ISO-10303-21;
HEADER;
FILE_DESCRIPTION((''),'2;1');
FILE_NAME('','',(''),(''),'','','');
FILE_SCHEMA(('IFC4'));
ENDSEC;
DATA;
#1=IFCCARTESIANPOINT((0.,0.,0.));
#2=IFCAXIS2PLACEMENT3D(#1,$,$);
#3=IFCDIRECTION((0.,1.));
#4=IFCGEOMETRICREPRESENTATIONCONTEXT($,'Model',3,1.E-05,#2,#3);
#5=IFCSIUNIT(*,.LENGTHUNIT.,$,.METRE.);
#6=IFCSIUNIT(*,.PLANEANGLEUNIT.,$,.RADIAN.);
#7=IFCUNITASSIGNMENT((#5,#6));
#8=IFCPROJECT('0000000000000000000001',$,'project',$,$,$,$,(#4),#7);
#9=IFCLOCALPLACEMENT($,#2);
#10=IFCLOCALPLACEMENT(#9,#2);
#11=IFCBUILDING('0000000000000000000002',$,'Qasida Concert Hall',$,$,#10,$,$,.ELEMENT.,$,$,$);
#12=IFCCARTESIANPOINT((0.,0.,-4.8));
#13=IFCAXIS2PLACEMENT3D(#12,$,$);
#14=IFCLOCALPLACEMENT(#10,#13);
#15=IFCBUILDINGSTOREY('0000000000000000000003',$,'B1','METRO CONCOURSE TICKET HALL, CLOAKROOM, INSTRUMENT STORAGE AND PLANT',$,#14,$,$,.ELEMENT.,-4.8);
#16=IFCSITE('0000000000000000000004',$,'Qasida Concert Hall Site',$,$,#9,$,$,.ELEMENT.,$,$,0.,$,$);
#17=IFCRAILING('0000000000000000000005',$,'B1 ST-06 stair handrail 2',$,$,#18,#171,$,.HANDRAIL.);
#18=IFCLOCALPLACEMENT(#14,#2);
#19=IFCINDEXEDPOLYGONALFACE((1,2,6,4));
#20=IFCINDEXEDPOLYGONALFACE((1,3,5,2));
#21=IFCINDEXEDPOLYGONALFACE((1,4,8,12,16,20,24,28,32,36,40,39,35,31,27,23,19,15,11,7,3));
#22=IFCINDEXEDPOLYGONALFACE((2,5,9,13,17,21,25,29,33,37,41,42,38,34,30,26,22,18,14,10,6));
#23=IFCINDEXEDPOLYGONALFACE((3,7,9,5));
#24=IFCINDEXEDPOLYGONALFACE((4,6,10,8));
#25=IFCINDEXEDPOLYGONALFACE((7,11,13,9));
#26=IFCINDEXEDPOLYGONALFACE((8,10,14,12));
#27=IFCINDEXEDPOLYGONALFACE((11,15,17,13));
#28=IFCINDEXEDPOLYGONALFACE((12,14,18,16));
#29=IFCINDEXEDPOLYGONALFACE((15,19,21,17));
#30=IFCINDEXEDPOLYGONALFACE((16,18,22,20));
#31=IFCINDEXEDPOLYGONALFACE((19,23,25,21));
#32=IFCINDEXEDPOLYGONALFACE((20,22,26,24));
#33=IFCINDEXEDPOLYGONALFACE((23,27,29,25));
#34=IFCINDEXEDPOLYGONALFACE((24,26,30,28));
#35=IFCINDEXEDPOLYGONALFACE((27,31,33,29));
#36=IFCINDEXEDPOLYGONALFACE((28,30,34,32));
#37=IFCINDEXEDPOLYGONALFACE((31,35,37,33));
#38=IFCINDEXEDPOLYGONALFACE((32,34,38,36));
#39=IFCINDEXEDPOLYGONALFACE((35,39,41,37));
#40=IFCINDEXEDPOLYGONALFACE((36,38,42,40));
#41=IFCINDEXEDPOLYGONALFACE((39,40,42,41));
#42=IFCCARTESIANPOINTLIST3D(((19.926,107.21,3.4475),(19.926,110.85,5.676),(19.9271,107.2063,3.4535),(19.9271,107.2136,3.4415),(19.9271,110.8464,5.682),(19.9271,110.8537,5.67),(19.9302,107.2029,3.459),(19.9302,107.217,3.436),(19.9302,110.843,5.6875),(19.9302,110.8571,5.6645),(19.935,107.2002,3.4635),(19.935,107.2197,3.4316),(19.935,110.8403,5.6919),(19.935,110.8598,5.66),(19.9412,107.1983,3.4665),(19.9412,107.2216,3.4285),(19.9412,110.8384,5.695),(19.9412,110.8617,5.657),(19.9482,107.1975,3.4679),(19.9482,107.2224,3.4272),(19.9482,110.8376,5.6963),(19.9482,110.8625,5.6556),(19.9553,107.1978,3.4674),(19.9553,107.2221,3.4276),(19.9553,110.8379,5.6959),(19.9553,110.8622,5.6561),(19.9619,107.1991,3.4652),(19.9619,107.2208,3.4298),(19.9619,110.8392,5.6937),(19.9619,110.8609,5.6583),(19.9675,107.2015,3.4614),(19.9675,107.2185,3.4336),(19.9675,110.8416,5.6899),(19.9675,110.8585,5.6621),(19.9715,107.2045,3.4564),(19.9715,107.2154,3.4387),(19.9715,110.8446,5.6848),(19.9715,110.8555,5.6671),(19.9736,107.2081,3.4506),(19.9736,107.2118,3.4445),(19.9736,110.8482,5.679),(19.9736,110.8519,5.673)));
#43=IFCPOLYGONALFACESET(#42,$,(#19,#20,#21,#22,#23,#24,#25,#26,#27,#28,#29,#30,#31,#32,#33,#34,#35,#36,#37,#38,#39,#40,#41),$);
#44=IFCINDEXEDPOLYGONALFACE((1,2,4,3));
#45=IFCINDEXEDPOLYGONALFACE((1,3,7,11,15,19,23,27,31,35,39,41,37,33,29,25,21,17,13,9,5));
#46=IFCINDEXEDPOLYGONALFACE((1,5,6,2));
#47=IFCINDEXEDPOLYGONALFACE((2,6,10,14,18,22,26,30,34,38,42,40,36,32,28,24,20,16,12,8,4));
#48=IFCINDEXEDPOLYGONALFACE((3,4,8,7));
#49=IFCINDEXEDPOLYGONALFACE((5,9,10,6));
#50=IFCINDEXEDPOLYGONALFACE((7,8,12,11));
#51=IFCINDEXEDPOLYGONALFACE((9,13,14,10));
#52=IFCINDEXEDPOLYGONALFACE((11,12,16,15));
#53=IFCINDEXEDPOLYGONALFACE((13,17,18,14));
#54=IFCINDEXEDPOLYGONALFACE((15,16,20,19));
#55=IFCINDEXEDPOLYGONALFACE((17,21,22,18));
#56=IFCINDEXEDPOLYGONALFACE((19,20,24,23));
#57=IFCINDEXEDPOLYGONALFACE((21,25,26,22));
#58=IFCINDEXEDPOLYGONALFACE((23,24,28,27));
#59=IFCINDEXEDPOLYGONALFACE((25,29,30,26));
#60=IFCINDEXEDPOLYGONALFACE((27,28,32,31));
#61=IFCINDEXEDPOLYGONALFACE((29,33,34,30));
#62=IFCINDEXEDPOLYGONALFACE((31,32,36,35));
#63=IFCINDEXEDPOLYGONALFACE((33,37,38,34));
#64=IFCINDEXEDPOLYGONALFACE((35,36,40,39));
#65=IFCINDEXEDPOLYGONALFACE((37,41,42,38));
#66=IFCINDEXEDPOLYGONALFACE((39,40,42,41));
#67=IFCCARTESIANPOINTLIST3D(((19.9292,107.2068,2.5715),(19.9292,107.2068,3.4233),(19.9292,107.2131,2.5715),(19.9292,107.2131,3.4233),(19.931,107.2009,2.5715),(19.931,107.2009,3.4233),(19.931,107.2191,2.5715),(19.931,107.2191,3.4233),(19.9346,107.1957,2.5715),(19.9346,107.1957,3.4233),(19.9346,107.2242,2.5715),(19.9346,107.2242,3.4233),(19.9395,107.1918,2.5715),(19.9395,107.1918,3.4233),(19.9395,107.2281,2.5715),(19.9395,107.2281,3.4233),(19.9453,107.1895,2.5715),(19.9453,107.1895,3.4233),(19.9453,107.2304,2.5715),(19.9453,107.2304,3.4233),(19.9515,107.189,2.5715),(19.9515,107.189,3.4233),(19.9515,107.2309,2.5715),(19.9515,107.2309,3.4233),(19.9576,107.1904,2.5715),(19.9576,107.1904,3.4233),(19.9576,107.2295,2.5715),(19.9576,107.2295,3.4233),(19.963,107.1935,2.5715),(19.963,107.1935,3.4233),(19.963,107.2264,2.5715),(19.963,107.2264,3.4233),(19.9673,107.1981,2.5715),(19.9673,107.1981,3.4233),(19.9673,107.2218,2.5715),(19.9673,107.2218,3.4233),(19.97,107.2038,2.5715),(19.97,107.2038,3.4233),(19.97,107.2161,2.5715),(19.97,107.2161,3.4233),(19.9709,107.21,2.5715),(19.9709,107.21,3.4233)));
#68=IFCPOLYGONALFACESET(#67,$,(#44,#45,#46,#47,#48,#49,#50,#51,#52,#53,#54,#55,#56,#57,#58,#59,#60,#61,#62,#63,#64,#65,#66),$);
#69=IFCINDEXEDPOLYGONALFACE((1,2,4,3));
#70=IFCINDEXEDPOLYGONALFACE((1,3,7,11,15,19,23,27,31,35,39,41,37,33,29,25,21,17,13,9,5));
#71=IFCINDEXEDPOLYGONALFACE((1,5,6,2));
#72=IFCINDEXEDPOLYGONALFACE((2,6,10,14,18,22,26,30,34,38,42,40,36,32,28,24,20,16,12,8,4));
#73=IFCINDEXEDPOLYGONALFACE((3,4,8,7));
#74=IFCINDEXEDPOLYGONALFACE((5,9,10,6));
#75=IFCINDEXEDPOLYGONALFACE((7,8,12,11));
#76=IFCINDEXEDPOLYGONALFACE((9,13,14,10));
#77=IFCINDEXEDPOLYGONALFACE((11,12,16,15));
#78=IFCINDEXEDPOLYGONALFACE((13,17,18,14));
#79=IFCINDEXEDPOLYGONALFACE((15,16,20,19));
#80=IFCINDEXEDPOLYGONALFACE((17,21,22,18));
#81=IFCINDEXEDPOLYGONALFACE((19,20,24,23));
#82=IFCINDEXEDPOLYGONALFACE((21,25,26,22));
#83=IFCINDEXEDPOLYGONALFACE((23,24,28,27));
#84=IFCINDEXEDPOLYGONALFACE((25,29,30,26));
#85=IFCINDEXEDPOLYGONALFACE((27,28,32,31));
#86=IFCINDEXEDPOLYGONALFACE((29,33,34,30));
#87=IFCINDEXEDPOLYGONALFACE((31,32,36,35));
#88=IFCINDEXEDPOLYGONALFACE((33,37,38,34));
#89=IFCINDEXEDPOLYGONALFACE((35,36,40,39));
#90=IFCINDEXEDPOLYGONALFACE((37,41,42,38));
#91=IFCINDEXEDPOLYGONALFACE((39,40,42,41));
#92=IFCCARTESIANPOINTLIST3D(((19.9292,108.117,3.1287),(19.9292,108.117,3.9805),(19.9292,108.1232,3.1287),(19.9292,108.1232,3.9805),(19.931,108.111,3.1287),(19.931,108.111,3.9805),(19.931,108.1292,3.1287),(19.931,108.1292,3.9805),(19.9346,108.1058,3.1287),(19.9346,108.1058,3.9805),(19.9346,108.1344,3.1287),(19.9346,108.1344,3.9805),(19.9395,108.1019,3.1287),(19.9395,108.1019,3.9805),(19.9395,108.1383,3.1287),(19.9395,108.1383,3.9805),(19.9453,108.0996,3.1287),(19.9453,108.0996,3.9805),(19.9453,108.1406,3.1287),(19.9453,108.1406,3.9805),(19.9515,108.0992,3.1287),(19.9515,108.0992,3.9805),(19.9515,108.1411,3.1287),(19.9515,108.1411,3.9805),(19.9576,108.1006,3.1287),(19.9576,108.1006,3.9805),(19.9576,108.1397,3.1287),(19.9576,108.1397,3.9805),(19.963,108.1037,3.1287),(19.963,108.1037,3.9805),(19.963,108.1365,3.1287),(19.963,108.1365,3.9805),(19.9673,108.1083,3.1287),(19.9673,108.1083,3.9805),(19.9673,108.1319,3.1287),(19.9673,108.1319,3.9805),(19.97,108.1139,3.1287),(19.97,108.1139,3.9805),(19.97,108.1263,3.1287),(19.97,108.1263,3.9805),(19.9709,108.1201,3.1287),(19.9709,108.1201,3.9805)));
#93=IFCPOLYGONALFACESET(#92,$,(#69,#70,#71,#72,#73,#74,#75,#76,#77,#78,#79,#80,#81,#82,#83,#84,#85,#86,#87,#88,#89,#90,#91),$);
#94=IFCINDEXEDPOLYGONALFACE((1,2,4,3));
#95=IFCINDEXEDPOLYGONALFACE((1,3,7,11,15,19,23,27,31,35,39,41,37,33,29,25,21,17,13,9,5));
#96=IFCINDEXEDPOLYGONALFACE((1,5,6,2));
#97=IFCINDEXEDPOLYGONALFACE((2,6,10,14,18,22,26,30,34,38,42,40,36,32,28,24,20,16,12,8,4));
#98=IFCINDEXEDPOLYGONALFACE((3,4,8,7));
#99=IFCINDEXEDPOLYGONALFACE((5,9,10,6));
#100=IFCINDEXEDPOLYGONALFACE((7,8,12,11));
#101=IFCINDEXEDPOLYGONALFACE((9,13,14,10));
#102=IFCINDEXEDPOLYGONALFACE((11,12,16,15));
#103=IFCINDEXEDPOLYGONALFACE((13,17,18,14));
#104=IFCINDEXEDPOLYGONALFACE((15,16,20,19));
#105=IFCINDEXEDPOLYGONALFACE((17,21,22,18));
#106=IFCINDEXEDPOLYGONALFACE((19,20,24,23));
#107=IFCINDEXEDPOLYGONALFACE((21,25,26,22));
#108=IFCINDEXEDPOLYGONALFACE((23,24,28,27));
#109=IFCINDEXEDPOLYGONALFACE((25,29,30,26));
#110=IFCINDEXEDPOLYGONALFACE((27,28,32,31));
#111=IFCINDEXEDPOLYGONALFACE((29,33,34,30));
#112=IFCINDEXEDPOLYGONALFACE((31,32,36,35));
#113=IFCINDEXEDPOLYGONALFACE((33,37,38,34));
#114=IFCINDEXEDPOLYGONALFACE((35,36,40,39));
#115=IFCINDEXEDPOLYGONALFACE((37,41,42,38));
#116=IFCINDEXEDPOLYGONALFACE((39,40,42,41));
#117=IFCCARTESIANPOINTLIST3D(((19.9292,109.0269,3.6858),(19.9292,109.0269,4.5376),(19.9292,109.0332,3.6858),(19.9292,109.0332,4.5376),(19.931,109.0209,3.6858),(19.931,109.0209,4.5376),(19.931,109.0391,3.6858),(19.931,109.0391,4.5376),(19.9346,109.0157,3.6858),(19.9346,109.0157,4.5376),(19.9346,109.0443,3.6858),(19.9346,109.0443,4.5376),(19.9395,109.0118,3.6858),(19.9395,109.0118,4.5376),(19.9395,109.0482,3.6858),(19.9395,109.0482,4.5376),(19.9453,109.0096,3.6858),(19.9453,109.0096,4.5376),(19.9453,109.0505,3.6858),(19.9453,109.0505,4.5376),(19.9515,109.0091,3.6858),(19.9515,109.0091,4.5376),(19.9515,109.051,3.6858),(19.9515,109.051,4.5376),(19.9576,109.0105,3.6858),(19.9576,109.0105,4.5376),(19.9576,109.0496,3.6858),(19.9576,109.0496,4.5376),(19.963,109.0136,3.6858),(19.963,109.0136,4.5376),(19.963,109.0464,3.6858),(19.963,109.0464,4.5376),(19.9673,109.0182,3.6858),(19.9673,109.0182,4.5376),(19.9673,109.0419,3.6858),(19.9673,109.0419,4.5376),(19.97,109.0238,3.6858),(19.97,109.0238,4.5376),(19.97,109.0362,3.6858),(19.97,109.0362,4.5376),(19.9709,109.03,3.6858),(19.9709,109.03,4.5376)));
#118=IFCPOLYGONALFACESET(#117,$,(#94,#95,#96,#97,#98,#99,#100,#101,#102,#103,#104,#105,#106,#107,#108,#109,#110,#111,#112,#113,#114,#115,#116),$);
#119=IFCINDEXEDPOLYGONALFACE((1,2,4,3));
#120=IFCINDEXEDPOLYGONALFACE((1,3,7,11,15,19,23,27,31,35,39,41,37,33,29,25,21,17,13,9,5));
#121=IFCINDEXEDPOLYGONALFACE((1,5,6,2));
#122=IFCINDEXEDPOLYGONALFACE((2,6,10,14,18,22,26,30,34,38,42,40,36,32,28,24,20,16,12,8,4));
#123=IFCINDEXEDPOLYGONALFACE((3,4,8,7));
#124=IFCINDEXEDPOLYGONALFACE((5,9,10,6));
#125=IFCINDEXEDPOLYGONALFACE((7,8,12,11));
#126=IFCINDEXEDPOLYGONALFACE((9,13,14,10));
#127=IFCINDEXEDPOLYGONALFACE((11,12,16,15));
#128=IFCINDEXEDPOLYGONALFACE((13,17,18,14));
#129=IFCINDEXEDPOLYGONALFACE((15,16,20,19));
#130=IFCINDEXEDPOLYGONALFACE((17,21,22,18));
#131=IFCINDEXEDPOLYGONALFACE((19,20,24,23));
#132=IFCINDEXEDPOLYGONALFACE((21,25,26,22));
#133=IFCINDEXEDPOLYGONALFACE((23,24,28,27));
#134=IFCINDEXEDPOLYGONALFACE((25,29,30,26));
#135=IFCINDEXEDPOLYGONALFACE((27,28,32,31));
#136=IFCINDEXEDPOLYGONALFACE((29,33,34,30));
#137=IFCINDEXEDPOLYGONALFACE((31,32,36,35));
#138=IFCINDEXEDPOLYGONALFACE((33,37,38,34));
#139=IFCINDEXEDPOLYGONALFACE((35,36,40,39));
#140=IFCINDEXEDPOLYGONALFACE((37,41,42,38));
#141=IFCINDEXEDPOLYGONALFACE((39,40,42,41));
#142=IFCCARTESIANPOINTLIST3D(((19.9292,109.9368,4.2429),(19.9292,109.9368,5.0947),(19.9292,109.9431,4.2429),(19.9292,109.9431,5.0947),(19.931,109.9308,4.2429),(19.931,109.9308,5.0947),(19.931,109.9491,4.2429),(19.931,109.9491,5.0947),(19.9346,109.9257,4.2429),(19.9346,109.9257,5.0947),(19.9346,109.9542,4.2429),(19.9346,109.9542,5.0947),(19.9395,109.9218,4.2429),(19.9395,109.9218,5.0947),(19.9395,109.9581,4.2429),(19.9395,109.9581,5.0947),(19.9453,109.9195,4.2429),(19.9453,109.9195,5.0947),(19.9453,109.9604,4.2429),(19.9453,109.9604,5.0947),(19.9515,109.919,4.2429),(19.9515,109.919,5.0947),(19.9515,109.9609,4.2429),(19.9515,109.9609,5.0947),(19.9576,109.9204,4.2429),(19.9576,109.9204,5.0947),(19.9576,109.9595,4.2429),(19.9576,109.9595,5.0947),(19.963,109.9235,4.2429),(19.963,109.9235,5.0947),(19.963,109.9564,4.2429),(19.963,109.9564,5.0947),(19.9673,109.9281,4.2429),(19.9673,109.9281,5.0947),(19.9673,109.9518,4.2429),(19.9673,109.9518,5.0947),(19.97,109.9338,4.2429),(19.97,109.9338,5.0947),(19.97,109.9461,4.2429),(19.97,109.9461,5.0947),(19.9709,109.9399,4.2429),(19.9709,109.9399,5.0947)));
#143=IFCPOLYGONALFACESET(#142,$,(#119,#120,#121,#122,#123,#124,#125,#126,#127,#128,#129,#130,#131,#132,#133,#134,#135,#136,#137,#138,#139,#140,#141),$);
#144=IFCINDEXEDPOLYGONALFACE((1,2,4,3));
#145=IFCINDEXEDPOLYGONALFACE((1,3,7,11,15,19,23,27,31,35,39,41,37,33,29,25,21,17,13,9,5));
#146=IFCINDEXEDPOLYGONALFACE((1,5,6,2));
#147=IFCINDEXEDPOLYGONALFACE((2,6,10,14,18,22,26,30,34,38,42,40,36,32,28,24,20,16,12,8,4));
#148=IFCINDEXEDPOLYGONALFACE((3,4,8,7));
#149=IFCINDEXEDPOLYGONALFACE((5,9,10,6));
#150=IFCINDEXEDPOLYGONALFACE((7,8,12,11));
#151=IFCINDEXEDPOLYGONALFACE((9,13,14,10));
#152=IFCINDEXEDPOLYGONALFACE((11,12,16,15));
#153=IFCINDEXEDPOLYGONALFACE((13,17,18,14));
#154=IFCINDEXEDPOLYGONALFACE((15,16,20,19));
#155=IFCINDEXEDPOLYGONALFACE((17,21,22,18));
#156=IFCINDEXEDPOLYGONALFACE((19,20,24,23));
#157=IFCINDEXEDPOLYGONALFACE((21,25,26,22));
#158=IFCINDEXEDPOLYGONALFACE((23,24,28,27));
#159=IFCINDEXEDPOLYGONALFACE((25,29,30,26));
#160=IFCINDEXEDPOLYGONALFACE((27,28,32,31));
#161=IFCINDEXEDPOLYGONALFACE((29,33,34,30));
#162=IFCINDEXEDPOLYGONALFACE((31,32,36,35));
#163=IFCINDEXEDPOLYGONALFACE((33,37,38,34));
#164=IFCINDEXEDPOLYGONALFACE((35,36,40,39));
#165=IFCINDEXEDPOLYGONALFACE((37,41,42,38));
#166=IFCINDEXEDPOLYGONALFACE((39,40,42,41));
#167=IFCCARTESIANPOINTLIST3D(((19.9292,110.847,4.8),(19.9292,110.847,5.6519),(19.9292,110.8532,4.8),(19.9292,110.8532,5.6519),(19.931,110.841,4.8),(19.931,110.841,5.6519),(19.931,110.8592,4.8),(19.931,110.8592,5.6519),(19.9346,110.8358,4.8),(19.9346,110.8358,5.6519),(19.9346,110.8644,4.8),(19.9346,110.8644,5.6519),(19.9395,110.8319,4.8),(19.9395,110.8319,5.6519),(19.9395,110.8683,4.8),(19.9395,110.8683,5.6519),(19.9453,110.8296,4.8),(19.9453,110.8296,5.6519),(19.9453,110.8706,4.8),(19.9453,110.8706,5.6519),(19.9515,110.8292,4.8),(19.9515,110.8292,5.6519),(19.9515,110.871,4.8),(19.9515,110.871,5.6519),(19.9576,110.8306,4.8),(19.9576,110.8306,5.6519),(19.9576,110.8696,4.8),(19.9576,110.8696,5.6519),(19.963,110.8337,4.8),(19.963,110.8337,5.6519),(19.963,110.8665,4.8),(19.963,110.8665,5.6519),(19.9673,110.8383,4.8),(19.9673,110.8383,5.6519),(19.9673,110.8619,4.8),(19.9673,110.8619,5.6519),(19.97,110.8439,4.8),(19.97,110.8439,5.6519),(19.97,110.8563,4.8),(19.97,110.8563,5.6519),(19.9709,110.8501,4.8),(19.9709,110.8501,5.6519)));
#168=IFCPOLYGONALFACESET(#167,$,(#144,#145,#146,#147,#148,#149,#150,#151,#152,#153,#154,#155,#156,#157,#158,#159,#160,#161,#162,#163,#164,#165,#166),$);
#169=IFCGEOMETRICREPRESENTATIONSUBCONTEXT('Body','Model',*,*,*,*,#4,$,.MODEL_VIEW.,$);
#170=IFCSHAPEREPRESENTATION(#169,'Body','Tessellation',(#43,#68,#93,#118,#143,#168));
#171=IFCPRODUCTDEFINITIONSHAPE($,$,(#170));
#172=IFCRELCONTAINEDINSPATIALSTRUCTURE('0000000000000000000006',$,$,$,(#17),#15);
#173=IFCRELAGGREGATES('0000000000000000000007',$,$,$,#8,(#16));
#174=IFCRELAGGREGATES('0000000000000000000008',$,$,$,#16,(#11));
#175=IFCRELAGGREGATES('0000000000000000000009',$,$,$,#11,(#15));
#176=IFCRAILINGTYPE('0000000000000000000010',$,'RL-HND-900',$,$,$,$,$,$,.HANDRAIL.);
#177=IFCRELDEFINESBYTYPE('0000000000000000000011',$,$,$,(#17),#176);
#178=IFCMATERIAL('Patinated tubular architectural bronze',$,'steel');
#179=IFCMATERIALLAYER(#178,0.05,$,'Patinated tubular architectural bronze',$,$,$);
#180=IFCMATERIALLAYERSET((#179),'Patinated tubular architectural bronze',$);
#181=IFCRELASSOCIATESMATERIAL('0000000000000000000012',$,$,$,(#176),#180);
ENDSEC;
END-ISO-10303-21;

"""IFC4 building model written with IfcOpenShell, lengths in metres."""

from ifc_helpers import new_model, si_unit, direction, frame, origin, origin_2d, place, context, subcontext, project, spatial, circle, extrude, material, layer, layer_set, type_object, element, save


model = new_model("IFC4")

# Units and contexts
model_context = context("Model", 3, precision=1e-05, world=origin(), true_north=direction((0.0, 1.0)))
body_context = subcontext(model_context, "Body", "Model", "MODEL_VIEW")
ifc_project = project(units=[si_unit("LENGTHUNIT", "METRE"), si_unit("PLANEANGLEUNIT", "RADIAN")], contexts=[model_context])

# Site, building, storey
site_placement = place(None, origin())
site = spatial("IfcSite", under=ifc_project, at=site_placement, Name="Qasida Concert Hall Site", CompositionType="ELEMENT", RefElevation=0.0)
building_placement = place(site_placement, origin())
building = spatial("IfcBuilding", under=site, at=building_placement, Name="Qasida Concert Hall", CompositionType="ELEMENT")
storey_placement = place(building_placement, frame((0.0, 0.0, -4.8)))
storey = spatial("IfcBuildingStorey", under=building, at=storey_placement, Name="B1", Description="METRO CONCOURSE TICKET HALL, CLOAKROOM, INSTRUMENT STORAGE AND PLANT", CompositionType="ELEMENT", Elevation=-4.8)

# Railing
ifc_material_1 = material(Name="Patinated tubular architectural bronze", Category="steel")
ifc_layer_1 = layer(ifc_material_1, 0.05, Name="Patinated tubular architectural bronze")
ifc_layer_set_1 = layer_set([ifc_layer_1], Name="Patinated tubular architectural bronze")
railing_type_1 = type_object("IfcRailingType", Name="RL-HND-900", PredefinedType="HANDRAIL", material=ifc_layer_set_1)
railing_1_placement = place(storey_placement, frame((19.95, 107.21, 2.5715)))
element("IfcRailing", 1, at=railing_1_placement, inside=storey, type_object=railing_type_1, Name="B1 ST-06 stair handrail 2", PredefinedType="HANDRAIL", context=body_context, shape_type="SweptSolid", body=[
    extrude(circle(Radius=0.0239, at=origin_2d()), frame((0.0, 0.0, 0.876), z_axis=(0.0, 0.852866, 0.52213), x_axis=(-1.0, 0.0, 0.0)), (0.0, 0.0, 1.0), 4.2681),
    extrude(circle(Radius=0.021, at=origin_2d()), origin(), (0.0, 0.0, 1.0), 0.8518),
    extrude(circle(Radius=0.021, at=origin_2d()), frame((0.0, 0.9102, 0.5571)), (0.0, 0.0, 1.0), 0.8518),
    extrude(circle(Radius=0.021, at=origin_2d()), frame((0.0, 1.8201, 1.1143)), (0.0, 0.0, 1.0), 0.8518),
    extrude(circle(Radius=0.021, at=origin_2d()), frame((0.0, 2.73, 1.6714)), (0.0, 0.0, 1.0), 0.8518),
    extrude(circle(Radius=0.021, at=origin_2d()), frame((0.0, 3.6401, 2.2285)), (0.0, 0.0, 1.0), 0.8518),
])

save(model, "model.ifc")
